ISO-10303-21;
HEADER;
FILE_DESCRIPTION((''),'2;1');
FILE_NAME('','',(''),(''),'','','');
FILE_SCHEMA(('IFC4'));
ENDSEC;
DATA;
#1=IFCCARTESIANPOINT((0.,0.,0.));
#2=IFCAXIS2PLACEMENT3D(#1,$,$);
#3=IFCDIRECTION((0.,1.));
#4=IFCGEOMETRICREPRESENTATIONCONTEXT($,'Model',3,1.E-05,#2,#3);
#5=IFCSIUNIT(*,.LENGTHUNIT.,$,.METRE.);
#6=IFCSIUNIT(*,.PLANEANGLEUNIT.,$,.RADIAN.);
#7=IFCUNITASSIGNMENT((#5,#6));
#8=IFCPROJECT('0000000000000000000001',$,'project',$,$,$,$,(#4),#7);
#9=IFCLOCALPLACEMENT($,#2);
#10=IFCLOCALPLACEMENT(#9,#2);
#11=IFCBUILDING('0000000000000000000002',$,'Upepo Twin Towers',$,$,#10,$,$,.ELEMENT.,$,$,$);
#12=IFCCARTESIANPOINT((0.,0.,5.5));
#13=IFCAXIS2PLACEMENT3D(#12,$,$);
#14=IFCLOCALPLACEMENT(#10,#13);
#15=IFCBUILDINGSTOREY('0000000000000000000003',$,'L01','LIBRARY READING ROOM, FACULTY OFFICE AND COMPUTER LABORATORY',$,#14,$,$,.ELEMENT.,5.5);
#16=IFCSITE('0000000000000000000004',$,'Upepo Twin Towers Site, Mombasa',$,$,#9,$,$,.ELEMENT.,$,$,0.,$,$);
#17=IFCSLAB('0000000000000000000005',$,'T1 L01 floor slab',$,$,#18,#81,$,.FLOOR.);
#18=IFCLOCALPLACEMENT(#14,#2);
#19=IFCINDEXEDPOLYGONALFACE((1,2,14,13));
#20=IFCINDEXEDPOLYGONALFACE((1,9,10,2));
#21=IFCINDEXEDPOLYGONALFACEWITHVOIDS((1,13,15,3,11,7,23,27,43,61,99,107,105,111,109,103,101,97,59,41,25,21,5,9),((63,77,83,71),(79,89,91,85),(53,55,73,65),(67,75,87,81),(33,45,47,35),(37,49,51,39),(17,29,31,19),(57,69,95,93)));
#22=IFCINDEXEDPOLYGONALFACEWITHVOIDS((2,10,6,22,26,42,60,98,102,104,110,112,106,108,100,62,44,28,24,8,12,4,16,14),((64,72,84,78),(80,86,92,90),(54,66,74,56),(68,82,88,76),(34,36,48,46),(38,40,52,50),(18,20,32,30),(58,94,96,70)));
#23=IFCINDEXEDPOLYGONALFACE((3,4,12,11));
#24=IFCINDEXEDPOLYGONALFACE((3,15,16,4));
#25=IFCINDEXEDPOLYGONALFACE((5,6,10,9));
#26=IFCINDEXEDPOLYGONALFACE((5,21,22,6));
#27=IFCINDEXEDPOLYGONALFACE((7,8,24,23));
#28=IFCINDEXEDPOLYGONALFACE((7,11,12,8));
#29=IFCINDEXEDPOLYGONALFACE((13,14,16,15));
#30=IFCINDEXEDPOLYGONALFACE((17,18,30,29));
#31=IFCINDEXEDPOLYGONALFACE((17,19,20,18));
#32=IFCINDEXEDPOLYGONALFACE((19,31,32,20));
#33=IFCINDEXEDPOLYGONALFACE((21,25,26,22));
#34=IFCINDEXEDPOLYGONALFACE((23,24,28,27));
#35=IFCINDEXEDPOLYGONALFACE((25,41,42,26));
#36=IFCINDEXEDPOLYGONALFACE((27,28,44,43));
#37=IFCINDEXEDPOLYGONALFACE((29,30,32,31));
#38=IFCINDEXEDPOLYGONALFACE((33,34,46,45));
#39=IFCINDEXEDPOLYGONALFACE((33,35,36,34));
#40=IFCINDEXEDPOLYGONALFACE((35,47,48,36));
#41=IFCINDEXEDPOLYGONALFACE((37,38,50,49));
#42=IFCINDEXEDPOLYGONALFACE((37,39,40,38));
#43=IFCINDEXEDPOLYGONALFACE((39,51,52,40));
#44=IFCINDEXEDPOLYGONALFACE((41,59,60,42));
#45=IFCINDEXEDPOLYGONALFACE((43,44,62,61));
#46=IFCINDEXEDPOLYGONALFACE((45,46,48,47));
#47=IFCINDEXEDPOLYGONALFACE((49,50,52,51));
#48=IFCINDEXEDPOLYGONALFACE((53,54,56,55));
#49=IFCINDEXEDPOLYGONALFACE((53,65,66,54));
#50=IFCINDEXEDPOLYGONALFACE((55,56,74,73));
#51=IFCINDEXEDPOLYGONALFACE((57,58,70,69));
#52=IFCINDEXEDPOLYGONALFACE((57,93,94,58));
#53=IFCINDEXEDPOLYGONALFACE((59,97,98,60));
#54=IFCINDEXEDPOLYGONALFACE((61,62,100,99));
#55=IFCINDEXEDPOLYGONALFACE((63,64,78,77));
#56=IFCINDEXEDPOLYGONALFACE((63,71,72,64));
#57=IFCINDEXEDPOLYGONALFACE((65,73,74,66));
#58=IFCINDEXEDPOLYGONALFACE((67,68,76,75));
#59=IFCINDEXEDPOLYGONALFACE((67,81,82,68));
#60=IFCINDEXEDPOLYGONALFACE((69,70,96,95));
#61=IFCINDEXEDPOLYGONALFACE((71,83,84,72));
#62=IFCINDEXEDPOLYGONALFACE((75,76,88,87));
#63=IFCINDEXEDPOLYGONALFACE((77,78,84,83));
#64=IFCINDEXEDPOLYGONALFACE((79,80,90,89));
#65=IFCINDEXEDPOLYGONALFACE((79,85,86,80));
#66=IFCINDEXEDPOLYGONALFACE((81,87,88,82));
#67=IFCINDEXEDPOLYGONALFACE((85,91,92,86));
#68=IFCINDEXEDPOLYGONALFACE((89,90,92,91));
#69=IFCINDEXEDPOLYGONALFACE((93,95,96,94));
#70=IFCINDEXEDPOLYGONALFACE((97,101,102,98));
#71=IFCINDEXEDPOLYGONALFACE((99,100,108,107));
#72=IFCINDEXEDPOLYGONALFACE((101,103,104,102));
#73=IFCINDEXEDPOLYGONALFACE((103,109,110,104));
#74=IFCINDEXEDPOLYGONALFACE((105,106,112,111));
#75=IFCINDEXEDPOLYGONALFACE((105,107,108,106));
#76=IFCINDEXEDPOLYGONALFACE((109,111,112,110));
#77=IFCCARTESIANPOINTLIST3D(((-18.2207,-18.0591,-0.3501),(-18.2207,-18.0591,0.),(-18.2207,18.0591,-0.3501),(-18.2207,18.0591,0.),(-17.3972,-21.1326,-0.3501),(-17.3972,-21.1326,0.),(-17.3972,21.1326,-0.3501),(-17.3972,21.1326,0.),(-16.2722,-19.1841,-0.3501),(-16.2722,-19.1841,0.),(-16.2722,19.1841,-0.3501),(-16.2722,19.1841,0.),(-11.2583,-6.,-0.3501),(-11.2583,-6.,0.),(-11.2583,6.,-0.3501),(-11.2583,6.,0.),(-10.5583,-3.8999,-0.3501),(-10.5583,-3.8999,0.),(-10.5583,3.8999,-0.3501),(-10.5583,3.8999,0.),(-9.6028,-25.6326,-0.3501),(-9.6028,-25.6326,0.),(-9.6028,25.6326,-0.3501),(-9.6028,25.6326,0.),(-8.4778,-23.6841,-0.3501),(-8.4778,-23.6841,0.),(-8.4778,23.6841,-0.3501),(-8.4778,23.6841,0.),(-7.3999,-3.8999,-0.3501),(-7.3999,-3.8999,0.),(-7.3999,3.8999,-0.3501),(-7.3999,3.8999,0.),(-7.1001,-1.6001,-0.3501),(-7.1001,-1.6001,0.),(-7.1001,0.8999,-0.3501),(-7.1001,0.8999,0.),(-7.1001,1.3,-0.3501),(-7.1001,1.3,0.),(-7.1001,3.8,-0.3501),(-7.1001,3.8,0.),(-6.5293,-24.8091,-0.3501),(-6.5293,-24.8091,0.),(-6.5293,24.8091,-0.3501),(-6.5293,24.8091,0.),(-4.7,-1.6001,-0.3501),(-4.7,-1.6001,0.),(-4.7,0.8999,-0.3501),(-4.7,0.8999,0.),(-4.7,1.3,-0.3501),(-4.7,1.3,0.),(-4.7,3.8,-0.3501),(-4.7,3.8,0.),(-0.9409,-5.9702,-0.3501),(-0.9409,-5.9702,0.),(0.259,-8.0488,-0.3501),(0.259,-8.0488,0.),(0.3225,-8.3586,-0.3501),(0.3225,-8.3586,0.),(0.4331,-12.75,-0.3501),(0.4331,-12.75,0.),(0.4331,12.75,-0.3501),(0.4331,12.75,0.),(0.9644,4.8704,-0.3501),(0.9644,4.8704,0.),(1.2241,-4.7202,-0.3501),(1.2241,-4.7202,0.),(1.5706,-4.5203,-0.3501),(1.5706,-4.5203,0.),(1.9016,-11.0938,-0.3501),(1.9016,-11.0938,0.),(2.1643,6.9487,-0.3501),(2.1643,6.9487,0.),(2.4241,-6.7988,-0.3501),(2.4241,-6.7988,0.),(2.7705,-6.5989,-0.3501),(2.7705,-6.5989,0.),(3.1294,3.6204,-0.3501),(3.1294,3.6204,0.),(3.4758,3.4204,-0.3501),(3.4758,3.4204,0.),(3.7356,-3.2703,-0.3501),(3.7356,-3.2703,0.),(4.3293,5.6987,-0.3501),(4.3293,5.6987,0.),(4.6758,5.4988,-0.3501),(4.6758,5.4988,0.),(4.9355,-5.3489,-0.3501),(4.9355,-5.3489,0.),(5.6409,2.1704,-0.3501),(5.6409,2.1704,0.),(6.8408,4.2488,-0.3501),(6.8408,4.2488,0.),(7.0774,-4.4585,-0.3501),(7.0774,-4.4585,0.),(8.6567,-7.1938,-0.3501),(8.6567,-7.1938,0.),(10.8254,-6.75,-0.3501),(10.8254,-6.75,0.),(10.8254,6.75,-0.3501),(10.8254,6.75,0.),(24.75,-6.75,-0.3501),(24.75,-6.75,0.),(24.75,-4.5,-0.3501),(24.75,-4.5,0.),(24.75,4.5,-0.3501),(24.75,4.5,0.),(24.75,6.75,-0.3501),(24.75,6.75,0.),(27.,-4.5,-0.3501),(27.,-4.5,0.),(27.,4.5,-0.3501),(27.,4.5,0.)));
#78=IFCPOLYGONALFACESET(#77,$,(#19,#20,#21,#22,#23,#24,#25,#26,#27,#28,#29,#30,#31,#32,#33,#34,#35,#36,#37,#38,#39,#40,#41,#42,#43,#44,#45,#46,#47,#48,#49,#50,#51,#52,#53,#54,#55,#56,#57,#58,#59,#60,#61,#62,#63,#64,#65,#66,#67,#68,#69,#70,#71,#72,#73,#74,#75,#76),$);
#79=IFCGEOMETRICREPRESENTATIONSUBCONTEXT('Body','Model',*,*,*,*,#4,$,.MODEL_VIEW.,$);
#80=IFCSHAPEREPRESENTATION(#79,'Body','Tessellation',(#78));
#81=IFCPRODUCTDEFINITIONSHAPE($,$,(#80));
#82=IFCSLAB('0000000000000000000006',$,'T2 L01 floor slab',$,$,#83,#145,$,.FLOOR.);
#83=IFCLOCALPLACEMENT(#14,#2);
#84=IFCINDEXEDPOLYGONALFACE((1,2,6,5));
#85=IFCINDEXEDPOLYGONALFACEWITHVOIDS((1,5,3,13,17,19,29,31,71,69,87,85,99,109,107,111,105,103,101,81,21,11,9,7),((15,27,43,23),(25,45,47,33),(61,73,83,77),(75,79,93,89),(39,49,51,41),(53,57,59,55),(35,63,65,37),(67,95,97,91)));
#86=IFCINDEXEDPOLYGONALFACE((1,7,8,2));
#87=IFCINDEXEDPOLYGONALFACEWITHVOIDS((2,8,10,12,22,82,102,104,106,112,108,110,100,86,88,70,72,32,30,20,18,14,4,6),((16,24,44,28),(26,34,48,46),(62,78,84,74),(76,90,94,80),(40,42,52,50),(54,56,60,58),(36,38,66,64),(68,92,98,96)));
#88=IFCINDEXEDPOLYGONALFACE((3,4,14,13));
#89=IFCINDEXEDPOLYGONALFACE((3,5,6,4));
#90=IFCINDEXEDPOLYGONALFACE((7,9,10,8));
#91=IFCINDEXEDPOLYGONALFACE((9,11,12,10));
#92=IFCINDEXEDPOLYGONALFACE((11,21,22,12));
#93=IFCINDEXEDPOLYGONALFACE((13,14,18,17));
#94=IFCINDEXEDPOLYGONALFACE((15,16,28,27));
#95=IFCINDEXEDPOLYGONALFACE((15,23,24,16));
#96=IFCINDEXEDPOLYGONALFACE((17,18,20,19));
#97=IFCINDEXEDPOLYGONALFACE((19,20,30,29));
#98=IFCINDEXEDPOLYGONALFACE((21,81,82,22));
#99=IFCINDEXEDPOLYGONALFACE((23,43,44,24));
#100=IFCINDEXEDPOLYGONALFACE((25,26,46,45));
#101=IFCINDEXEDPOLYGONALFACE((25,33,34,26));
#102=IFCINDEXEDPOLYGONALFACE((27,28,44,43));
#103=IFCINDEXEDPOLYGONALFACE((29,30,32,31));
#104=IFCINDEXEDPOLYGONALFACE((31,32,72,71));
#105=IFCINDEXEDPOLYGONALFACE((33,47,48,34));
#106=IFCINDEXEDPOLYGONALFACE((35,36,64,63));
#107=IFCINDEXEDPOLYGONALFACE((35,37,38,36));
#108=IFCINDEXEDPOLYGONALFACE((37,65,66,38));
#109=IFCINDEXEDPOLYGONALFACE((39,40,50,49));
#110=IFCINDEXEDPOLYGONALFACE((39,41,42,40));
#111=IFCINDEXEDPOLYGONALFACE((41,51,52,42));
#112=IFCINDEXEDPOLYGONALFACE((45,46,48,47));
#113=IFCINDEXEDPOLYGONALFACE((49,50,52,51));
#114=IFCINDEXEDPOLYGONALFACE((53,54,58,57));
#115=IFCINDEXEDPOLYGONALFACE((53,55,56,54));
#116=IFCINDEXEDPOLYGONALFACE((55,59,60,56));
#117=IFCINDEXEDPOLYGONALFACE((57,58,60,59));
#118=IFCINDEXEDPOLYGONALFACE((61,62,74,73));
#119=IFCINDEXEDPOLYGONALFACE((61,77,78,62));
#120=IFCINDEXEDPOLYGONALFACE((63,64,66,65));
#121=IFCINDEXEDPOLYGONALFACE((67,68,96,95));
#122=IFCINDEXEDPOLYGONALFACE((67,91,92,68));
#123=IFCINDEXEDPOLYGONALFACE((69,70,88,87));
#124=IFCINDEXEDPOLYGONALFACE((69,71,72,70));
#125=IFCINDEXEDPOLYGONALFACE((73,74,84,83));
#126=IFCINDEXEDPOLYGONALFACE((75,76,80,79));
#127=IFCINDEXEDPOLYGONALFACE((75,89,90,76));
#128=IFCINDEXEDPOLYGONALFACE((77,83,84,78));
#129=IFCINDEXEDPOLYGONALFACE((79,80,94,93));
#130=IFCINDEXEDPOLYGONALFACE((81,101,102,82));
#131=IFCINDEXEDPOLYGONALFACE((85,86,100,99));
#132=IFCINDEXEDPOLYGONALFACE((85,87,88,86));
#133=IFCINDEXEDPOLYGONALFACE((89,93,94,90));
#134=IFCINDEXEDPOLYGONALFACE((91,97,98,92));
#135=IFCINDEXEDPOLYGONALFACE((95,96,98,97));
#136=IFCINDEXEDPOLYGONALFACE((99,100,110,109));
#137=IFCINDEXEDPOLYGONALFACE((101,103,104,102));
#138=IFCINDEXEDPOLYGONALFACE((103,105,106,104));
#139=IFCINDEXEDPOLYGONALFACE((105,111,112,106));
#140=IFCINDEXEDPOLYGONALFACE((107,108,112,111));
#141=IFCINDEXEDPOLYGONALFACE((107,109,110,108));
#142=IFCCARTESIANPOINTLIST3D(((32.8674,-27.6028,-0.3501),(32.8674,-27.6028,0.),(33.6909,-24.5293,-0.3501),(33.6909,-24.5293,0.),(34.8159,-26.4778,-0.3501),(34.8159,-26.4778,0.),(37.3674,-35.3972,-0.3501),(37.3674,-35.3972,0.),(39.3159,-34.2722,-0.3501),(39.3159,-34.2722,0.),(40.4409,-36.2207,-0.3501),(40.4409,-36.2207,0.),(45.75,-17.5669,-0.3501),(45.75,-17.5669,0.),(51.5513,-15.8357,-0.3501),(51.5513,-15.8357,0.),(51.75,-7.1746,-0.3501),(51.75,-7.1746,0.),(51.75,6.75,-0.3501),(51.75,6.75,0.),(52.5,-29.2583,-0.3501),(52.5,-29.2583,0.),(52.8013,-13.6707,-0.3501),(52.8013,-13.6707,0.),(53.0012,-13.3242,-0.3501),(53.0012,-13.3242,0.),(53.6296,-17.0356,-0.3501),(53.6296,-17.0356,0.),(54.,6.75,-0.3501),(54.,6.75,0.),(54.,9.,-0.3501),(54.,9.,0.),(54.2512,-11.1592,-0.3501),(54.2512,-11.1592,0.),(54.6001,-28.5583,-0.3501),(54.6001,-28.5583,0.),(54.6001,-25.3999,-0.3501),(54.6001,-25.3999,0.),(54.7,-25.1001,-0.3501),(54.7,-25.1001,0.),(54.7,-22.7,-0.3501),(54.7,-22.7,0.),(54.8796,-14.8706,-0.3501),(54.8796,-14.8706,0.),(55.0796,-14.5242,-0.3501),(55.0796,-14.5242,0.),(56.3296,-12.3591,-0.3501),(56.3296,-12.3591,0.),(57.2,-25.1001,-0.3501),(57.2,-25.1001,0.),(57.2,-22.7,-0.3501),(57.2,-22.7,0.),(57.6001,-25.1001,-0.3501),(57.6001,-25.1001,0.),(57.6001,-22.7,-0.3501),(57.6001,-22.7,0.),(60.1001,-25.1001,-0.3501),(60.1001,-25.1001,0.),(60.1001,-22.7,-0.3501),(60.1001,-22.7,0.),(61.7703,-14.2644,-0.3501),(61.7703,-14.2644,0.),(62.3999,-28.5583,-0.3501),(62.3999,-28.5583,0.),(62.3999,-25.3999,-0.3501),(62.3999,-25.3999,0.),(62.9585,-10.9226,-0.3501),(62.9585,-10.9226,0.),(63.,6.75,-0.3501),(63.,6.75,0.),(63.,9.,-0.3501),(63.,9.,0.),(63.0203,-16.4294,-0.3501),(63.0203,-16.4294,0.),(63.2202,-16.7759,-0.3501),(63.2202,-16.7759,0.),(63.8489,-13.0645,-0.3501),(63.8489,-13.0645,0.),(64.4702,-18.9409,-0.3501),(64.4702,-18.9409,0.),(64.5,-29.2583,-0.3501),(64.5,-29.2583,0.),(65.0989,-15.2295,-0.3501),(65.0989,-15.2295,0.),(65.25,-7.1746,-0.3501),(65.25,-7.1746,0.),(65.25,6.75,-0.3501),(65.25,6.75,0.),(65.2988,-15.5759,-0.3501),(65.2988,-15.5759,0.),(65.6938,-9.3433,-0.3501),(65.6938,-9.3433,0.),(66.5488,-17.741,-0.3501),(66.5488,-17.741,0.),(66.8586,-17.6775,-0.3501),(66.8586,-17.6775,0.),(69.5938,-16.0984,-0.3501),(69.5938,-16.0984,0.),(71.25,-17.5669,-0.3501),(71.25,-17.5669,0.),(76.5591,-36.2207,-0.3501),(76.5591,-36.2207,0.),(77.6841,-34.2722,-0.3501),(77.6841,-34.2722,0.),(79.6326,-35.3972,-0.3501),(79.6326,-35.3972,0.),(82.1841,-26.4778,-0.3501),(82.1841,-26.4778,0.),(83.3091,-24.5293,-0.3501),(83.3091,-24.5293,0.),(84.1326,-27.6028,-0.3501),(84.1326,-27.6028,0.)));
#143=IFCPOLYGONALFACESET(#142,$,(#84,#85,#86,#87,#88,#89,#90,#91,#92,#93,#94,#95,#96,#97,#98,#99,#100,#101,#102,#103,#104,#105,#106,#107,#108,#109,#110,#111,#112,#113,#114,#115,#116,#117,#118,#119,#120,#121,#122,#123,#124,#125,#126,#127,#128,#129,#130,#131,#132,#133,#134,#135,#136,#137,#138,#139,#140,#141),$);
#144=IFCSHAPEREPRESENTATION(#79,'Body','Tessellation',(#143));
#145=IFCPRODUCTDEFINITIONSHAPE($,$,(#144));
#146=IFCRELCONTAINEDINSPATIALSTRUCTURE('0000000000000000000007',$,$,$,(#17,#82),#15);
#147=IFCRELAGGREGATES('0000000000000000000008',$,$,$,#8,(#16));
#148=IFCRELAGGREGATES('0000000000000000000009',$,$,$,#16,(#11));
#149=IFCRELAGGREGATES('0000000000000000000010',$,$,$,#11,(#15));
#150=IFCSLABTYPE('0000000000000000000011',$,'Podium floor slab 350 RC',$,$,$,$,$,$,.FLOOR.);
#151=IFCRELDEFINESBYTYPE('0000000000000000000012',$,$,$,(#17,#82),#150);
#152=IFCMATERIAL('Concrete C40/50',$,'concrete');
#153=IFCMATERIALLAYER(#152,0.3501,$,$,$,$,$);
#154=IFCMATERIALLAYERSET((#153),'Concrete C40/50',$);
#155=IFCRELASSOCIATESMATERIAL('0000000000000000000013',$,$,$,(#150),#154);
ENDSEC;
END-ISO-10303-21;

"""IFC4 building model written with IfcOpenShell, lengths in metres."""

from ifc_helpers import new_model, si_unit, direction, frame, origin, place, context, subcontext, project, spatial, polyline, outline, extrude, material, layer, layer_set, type_object, element, save


model = new_model("IFC4")

# Units and contexts
model_context = context("Model", 3, precision=1e-05, world=origin(), true_north=direction((0.0, 1.0)))
body_context = subcontext(model_context, "Body", "Model", "MODEL_VIEW")
ifc_project = project(units=[si_unit("LENGTHUNIT", "METRE"), si_unit("PLANEANGLEUNIT", "RADIAN")], contexts=[model_context])

# Site, building, storey
site_placement = place(None, origin())
site = spatial("IfcSite", under=ifc_project, at=site_placement, Name="Upepo Twin Towers Site, Mombasa", CompositionType="ELEMENT", RefElevation=0.0)
building_placement = place(site_placement, origin())
building = spatial("IfcBuilding", under=site, at=building_placement, Name="Upepo Twin Towers", CompositionType="ELEMENT")
storey_placement = place(building_placement, frame((0.0, 0.0, 5.5)))
storey = spatial("IfcBuildingStorey", under=building, at=storey_placement, Name="L01", Description="LIBRARY READING ROOM, FACULTY OFFICE AND COMPUTER LABORATORY", CompositionType="ELEMENT", Elevation=5.5)

# Slabs
ifc_material_1 = material(Name="Concrete C40/50", Category="concrete")
ifc_layer_1 = layer(ifc_material_1, 0.3501)
ifc_layer_set_1 = layer_set([ifc_layer_1], Name="Concrete C40/50")
slab_type_1 = type_object("IfcSlabType", Name="Podium floor slab 350 RC", PredefinedType="FLOOR", material=ifc_layer_set_1)
slab_1_placement = place(storey_placement, frame((0.0, 0.0, -0.3501)))
element("IfcSlab", 1, at=slab_1_placement, inside=storey, type_object=slab_type_1, Name="T1 L01 floor slab", PredefinedType="FLOOR", context=body_context, shape_type="SweptSolid", body=[
    extrude(outline(polyline([(-8.4778, -23.6841), (-9.6028, -25.6326), (-17.3972, -21.1326), (-16.2722, -19.1841), (-18.2207, -18.0591), (-11.2583, -6.0), (-11.2583, 6.0), (-18.2207, 18.0591), (-16.2722, 19.1841), (-17.3972, 21.1326), (-9.6028, 25.6326), (-8.4778, 23.6841), (-6.5293, 24.8091), (0.4331, 12.75), (10.8254, 6.75), (24.75, 6.75), (24.75, 4.5), (27.0, 4.5), (27.0, -4.5), (24.75, -4.5), (24.75, -6.75), (10.8254, -6.75), (0.4331, -12.75), (-6.5293, -24.8091), (-8.4778, -23.6841)]), holes=[polyline([(5.6409, 2.1704), (6.8408, 4.2488), (4.6758, 5.4988), (3.4758, 3.4204), (5.6409, 2.1704)]), polyline([(3.1294, 3.6204), (4.3293, 5.6987), (2.1643, 6.9487), (0.9644, 4.8704), (3.1294, 3.6204)]), polyline([(-4.7, 3.8), (-7.1001, 3.8), (-7.1001, 1.3), (-4.7, 1.3), (-4.7, 3.8)]), polyline([(-4.7, 0.8999), (-7.1001, 0.8999), (-7.1001, -1.6001), (-4.7, -1.6001), (-4.7, 0.8999)]), polyline([(-7.3999, 3.8999), (-10.5583, 3.8999), (-10.5583, -3.8999), (-7.3999, -3.8999), (-7.3999, 3.8999)]), polyline([(-0.9409, -5.9702), (0.259, -8.0488), (2.4241, -6.7988), (1.2241, -4.7202), (-0.9409, -5.9702)]), polyline([(1.5706, -4.5203), (2.7705, -6.5989), (4.9355, -5.3489), (3.7356, -3.2703), (1.5706, -4.5203)]), polyline([(0.3225, -8.3586), (1.9016, -11.0938), (8.6567, -7.1938), (7.0774, -4.4585), (0.3225, -8.3586)])]), origin(), (0.0, 0.0, 1.0), 0.3501),
])
slab_2_placement = place(storey_placement, frame((0.0, 0.0, -0.3501)))
element("IfcSlab", 2, at=slab_2_placement, inside=storey, type_object=slab_type_1, Name="T2 L01 floor slab", PredefinedType="FLOOR", context=body_context, shape_type="SweptSolid", body=[
    extrude(outline(polyline([(82.1841, -26.4778), (84.1326, -27.6028), (79.6326, -35.3972), (77.6841, -34.2722), (76.5591, -36.2207), (64.5, -29.2583), (52.5, -29.2583), (40.4409, -36.2207), (39.3159, -34.2722), (37.3674, -35.3972), (32.8674, -27.6028), (34.8159, -26.4778), (33.6909, -24.5293), (45.75, -17.5669), (51.75, -7.1746), (51.75, 6.75), (54.0, 6.75), (54.0, 9.0), (63.0, 9.0), (63.0, 6.75), (65.25, 6.75), (65.25, -7.1746), (71.25, -17.5669), (83.3091, -24.5293), (82.1841, -26.4778)]), holes=[polyline([(56.3296, -12.3591), (54.2512, -11.1592), (53.0012, -13.3242), (55.0796, -14.5242), (56.3296, -12.3591)]), polyline([(54.8796, -14.8706), (52.8013, -13.6707), (51.5513, -15.8357), (53.6296, -17.0356), (54.8796, -14.8706)]), polyline([(54.7, -22.7), (54.7, -25.1001), (57.2, -25.1001), (57.2, -22.7), (54.7, -22.7)]), polyline([(57.6001, -22.7), (57.6001, -25.1001), (60.1001, -25.1001), (60.1001, -22.7), (57.6001, -22.7)]), polyline([(54.6001, -25.3999), (54.6001, -28.5583), (62.3999, -28.5583), (62.3999, -25.3999), (54.6001, -25.3999)]), polyline([(64.4702, -18.9409), (66.5488, -17.741), (65.2988, -15.5759), (63.2202, -16.7759), (64.4702, -18.9409)]), polyline([(63.0203, -16.4294), (65.0989, -15.2295), (63.8489, -13.0645), (61.7703, -14.2644), (63.0203, -16.4294)]), polyline([(66.8586, -17.6775), (69.5938, -16.0984), (65.6938, -9.3433), (62.9585, -10.9226), (66.8586, -17.6775)])]), origin(), (0.0, 0.0, 1.0), 0.3501),
])

save(model, "model.ifc")
